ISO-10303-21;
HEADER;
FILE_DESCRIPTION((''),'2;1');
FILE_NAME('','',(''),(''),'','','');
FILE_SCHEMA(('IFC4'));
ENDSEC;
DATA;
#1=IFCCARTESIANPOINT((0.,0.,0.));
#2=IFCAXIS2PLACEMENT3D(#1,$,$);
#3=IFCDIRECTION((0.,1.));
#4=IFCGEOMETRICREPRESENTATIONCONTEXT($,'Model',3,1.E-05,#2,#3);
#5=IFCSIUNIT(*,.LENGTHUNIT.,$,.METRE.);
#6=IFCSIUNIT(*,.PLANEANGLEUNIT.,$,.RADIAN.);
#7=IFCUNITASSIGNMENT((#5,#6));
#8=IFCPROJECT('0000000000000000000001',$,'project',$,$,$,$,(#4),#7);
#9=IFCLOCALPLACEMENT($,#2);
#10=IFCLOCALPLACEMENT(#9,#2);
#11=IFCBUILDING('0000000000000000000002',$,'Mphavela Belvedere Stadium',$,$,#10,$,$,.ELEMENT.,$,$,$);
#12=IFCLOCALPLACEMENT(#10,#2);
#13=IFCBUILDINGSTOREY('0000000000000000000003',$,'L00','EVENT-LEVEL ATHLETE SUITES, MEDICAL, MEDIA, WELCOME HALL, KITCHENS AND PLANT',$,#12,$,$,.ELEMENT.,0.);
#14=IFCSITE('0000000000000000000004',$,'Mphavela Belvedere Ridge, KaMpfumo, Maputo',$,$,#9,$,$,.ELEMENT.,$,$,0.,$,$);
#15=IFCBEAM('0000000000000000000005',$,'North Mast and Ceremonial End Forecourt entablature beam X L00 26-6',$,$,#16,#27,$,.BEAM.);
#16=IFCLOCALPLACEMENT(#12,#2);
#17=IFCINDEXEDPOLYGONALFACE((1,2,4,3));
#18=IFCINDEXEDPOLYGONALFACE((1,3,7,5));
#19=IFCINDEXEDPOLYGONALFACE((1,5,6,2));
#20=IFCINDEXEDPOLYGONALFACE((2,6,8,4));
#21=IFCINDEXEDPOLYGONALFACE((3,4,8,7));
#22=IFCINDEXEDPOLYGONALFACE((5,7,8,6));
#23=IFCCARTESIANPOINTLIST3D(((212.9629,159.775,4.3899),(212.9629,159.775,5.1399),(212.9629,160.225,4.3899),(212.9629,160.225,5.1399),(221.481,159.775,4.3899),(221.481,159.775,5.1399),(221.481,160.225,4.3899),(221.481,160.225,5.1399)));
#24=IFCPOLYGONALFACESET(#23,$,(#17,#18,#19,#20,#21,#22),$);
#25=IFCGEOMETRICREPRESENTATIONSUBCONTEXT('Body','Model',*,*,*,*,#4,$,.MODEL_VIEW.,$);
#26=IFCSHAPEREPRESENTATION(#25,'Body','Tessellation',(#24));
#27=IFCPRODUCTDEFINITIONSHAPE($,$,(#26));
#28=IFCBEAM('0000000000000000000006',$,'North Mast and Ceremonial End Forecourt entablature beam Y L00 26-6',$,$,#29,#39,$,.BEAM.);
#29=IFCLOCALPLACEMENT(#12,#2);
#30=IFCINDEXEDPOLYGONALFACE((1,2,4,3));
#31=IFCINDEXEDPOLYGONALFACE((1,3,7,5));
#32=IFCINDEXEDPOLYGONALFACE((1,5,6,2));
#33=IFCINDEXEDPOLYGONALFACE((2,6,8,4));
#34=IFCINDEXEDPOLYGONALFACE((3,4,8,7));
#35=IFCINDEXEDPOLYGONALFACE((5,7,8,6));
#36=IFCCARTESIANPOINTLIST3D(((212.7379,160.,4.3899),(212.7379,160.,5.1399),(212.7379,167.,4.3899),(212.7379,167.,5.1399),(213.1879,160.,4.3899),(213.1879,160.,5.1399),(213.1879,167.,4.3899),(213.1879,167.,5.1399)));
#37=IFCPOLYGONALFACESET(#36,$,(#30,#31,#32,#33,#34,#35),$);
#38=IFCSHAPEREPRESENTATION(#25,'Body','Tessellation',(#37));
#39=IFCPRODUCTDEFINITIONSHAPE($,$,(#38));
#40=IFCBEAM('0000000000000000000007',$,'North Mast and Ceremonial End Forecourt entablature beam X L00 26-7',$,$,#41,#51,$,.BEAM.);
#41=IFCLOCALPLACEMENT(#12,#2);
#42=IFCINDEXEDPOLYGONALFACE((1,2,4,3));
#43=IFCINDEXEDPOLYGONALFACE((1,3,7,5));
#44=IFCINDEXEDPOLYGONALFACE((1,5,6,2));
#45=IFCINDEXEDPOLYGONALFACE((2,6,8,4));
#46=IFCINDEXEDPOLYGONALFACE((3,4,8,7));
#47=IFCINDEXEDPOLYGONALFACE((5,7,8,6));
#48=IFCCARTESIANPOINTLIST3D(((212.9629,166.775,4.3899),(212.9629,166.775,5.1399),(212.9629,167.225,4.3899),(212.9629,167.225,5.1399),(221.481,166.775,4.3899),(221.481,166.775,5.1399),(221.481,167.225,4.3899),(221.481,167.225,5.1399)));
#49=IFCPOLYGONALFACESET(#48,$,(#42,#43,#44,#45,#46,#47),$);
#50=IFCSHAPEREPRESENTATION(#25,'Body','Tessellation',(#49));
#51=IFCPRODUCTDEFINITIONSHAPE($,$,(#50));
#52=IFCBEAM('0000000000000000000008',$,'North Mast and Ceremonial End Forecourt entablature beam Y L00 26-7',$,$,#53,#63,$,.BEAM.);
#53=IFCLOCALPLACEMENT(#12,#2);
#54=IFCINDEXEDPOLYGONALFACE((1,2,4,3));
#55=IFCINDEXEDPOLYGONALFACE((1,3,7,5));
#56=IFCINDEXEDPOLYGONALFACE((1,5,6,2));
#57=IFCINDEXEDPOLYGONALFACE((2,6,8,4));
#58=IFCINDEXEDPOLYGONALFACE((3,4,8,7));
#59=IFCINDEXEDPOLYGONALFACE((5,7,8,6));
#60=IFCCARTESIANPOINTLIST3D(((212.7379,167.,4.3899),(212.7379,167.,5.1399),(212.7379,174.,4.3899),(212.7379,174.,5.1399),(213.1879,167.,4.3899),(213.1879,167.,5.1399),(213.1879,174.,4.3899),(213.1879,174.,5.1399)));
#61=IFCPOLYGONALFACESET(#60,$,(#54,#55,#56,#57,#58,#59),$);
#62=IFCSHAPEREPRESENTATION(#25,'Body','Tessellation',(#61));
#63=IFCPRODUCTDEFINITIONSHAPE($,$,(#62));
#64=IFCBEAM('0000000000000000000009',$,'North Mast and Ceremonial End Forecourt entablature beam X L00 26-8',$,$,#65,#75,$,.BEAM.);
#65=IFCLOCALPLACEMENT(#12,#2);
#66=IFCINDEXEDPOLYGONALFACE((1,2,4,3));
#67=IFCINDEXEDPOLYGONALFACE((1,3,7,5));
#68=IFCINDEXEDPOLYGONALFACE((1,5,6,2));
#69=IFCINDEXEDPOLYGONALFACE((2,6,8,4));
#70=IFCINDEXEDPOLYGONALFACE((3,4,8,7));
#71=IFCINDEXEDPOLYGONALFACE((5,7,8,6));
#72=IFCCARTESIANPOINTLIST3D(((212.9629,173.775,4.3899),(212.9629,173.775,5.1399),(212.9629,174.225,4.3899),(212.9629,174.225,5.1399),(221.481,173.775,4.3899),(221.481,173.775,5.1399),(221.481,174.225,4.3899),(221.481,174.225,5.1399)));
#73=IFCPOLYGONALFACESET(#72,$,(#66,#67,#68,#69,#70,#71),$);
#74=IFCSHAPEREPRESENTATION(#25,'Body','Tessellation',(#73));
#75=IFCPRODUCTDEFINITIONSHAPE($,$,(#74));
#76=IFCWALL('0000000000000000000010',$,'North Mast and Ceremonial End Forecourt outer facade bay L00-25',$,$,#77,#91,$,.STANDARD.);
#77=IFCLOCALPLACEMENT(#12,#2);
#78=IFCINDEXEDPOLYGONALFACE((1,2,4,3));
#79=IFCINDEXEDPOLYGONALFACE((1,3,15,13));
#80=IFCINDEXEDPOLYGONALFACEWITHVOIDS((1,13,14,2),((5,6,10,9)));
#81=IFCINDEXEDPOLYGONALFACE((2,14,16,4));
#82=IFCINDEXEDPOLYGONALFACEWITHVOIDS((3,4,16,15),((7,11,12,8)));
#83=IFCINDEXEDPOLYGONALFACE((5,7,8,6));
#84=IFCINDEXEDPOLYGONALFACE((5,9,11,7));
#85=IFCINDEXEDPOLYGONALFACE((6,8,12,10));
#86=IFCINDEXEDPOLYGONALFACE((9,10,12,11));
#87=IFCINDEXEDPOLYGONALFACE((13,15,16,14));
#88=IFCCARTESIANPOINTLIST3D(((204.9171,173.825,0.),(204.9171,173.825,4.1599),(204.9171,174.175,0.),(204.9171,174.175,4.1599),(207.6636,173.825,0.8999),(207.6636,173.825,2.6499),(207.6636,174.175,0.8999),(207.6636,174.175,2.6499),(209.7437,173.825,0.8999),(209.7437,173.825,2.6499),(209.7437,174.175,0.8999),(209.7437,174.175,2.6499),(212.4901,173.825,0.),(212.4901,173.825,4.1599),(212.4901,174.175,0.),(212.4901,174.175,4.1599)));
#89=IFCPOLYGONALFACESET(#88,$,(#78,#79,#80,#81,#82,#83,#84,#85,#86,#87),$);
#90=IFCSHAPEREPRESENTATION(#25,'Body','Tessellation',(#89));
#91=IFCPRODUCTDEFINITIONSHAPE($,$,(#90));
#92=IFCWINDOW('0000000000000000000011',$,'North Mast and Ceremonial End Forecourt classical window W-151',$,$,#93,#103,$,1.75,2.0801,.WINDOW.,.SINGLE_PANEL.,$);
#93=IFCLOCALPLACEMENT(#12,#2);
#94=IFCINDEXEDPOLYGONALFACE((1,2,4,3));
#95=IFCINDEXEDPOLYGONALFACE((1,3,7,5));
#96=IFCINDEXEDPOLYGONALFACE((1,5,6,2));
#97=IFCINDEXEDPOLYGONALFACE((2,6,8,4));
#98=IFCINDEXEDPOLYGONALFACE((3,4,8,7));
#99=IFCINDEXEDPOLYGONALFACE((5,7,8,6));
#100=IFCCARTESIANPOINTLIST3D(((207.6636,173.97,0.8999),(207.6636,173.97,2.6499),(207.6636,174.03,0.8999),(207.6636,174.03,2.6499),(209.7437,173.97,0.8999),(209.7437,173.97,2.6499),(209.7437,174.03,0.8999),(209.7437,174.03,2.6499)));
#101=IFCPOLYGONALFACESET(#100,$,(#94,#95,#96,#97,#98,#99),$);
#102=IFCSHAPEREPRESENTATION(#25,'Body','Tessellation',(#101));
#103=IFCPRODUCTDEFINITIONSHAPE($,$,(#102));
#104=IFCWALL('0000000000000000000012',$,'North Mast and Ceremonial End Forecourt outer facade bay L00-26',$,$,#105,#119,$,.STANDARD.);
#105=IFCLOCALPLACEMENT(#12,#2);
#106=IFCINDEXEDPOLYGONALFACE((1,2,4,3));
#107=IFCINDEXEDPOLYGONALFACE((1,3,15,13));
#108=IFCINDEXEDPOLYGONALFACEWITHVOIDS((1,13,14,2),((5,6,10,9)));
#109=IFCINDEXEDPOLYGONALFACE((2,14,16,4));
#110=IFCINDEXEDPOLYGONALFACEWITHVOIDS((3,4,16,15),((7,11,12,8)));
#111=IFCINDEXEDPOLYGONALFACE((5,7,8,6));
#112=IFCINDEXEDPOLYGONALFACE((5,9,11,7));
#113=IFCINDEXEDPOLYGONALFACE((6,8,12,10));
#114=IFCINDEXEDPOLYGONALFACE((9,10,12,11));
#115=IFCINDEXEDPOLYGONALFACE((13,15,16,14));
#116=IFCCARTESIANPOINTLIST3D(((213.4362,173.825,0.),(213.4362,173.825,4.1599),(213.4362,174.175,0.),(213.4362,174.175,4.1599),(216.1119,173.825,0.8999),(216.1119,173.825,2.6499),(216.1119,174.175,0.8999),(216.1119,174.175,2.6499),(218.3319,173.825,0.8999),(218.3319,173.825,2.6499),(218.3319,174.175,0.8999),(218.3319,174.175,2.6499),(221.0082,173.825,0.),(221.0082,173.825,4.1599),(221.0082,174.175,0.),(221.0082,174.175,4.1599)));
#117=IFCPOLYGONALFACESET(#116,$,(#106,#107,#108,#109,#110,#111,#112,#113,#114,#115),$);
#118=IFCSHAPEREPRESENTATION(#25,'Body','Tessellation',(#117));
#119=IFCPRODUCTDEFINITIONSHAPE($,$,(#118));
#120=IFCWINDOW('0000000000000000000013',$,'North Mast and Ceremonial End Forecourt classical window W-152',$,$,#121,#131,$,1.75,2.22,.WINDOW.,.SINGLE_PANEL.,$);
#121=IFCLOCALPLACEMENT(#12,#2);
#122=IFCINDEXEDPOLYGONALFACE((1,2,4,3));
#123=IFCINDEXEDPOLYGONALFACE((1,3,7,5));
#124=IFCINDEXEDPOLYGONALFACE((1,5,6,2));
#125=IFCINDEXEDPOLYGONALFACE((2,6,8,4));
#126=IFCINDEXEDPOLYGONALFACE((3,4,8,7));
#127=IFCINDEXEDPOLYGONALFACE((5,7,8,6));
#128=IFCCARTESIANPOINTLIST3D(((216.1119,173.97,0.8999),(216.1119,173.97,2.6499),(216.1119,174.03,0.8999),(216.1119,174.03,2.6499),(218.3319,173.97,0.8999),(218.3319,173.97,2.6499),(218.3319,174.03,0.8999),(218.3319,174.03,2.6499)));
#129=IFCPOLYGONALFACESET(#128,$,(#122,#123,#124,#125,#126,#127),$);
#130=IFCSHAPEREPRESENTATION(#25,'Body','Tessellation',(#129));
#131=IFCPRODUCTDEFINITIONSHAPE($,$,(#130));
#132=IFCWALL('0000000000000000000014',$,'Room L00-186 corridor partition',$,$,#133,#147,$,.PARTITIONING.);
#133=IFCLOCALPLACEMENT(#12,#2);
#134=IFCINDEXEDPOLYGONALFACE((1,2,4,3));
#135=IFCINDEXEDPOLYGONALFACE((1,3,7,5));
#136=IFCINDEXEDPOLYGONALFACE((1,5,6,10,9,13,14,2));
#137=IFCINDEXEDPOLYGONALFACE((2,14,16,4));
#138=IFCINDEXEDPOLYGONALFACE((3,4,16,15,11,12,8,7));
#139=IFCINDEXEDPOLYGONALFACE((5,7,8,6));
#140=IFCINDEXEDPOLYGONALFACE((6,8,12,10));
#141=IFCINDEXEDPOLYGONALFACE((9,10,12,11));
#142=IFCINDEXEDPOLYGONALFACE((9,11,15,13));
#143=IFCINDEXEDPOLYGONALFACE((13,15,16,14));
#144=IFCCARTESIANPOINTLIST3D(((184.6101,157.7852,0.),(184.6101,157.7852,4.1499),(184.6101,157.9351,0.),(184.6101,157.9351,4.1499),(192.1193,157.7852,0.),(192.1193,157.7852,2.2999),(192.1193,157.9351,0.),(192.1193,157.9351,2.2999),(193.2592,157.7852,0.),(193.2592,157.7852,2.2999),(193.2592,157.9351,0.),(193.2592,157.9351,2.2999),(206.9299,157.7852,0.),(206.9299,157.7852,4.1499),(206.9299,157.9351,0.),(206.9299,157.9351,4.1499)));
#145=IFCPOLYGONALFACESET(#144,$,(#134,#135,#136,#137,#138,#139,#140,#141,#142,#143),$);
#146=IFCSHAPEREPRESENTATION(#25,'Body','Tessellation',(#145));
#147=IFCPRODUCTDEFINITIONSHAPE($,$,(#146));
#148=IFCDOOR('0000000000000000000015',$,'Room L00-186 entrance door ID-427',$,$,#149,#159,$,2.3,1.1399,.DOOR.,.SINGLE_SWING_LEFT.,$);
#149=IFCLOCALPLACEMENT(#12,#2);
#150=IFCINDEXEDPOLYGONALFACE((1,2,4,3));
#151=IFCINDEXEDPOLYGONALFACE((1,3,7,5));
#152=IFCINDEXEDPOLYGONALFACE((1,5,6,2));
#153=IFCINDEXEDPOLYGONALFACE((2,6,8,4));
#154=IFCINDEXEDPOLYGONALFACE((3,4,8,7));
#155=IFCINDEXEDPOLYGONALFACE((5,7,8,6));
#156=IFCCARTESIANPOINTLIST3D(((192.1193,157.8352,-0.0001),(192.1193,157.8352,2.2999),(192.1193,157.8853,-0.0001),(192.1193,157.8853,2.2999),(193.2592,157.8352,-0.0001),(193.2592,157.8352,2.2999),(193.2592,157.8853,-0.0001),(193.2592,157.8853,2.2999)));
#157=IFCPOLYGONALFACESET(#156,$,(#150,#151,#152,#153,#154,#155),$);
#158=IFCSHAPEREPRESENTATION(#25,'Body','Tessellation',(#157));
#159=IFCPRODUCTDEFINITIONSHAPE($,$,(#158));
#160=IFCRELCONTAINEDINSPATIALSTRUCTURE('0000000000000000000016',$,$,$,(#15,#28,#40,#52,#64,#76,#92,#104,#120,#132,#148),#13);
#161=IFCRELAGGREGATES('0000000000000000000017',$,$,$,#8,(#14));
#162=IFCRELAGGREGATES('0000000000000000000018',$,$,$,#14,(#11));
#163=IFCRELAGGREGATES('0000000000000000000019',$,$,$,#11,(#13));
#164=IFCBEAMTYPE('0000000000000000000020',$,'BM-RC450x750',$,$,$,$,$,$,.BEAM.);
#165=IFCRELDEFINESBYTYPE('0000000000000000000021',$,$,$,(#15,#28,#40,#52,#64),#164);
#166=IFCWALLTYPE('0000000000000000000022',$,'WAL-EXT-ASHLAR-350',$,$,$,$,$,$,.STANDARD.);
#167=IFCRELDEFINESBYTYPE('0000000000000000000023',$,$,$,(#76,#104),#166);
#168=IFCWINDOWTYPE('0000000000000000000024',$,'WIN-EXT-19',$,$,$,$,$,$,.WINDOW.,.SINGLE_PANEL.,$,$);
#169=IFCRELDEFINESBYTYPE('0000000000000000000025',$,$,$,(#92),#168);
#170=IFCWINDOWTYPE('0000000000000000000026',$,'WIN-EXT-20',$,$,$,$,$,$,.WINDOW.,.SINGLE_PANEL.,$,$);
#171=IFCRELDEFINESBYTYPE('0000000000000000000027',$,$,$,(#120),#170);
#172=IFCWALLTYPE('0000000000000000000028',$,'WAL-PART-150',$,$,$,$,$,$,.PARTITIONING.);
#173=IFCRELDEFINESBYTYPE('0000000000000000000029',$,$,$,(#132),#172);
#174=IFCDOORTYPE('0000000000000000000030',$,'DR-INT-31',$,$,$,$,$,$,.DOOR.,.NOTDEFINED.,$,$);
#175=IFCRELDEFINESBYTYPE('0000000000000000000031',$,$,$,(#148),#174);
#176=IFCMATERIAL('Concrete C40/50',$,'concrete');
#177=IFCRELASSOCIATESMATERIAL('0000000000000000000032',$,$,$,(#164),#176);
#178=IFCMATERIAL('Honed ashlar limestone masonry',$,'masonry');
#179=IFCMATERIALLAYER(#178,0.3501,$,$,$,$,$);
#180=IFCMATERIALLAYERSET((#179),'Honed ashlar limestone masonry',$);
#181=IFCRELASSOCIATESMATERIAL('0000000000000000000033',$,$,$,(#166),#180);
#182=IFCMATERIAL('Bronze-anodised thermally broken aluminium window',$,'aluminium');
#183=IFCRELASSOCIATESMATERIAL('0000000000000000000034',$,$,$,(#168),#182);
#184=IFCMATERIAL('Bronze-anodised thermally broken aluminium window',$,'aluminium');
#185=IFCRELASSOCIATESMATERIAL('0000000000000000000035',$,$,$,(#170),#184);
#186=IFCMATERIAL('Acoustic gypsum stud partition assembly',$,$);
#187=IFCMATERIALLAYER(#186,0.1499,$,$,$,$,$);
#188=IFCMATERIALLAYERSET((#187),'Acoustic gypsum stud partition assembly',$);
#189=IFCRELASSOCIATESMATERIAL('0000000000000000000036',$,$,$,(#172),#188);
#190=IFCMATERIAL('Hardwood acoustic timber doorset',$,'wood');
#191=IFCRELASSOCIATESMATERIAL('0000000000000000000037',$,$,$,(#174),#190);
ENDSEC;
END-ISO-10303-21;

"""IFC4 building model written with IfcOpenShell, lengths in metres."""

from ifc_helpers import new_model, si_unit, direction, frame, frame_2d, origin, origin_2d, place, context, subcontext, project, spatial, rectangle, extrude, material, layer, layer_set, material_profile, profile_set, type_object, element, fill, save


model = new_model("IFC4")

# Units and contexts
model_context = context("Model", 3, precision=1e-05, world=origin(), true_north=direction((0.0, 1.0)))
body_context = subcontext(model_context, "Body", "Model", "MODEL_VIEW")
ifc_project = project(units=[si_unit("LENGTHUNIT", "METRE"), si_unit("PLANEANGLEUNIT", "RADIAN")], contexts=[model_context])

# Site, building, storey
site_placement = place(None, origin())
site = spatial("IfcSite", under=ifc_project, at=site_placement, Name="Mphavela Belvedere Ridge, KaMpfumo, Maputo", CompositionType="ELEMENT", RefElevation=0.0)
building_placement = place(site_placement, origin())
building = spatial("IfcBuilding", under=site, at=building_placement, Name="Mphavela Belvedere Stadium", CompositionType="ELEMENT")
storey_placement = place(building_placement, origin())
storey = spatial("IfcBuildingStorey", under=building, at=storey_placement, Name="L00", Description="EVENT-LEVEL ATHLETE SUITES, MEDICAL, MEDIA, WELCOME HALL, KITCHENS AND PLANT", CompositionType="ELEMENT", Elevation=0.0)

# Beams
ifc_material_1 = material(Name="Concrete C40/50", Category="concrete")
ifc_material_profile_1 = material_profile(ifc_material_1, rectangle(XDim=0.45, YDim=0.75, at=origin_2d()), Name="RC 450x750")
ifc_profile_set_1 = profile_set([ifc_material_profile_1], Name="Concrete C40/50")
beam_type_1 = type_object("IfcBeamType", Name="BM-RC450x750", PredefinedType="BEAM", material=ifc_profile_set_1)
beam_1_placement = place(storey_placement, frame((212.9629, 160.0, 4.7649), z_axis=(1.0, 0.0, 0.0), x_axis=(0.0, 1.0, 0.0)))
element("IfcBeam", 1, at=beam_1_placement, inside=storey, type_object=beam_type_1, Name="North Mast and Ceremonial End Forecourt entablature beam X L00 26-6", PredefinedType="BEAM", context=body_context, shape_type="SweptSolid", body=[
    extrude(rectangle(XDim=0.45, YDim=0.75, at=origin_2d()), origin(), (0.0, 0.0, 1.0), 8.5181),
])
beam_2_placement = place(storey_placement, frame((212.9629, 160.0, 4.7649), z_axis=(0.0, 1.0, 0.0), x_axis=(-1.0, 0.0, 0.0)))
element("IfcBeam", 2, at=beam_2_placement, inside=storey, type_object=beam_type_1, Name="North Mast and Ceremonial End Forecourt entablature beam Y L00 26-6", PredefinedType="BEAM", context=body_context, shape_type="SweptSolid", body=[
    extrude(rectangle(XDim=0.45, YDim=0.75, at=origin_2d()), origin(), (0.0, 0.0, 1.0), 7.0),
])
beam_3_placement = place(storey_placement, frame((212.9629, 167.0, 4.7649), z_axis=(1.0, 0.0, 0.0), x_axis=(0.0, 1.0, 0.0)))
element("IfcBeam", 3, at=beam_3_placement, inside=storey, type_object=beam_type_1, Name="North Mast and Ceremonial End Forecourt entablature beam X L00 26-7", PredefinedType="BEAM", context=body_context, shape_type="SweptSolid", body=[
    extrude(rectangle(XDim=0.45, YDim=0.75, at=origin_2d()), origin(), (0.0, 0.0, 1.0), 8.5181),
])
beam_4_placement = place(storey_placement, frame((212.9629, 167.0, 4.7649), z_axis=(0.0, 1.0, 0.0), x_axis=(-1.0, 0.0, 0.0)))
element("IfcBeam", 4, at=beam_4_placement, inside=storey, type_object=beam_type_1, Name="North Mast and Ceremonial End Forecourt entablature beam Y L00 26-7", PredefinedType="BEAM", context=body_context, shape_type="SweptSolid", body=[
    extrude(rectangle(XDim=0.45, YDim=0.75, at=origin_2d()), origin(), (0.0, 0.0, 1.0), 7.0),
])
beam_5_placement = place(storey_placement, frame((212.9629, 174.0, 4.7649), z_axis=(1.0, 0.0, 0.0), x_axis=(0.0, 1.0, 0.0)))
element("IfcBeam", 5, at=beam_5_placement, inside=storey, type_object=beam_type_1, Name="North Mast and Ceremonial End Forecourt entablature beam X L00 26-8", PredefinedType="BEAM", context=body_context, shape_type="SweptSolid", body=[
    extrude(rectangle(XDim=0.45, YDim=0.75, at=origin_2d()), origin(), (0.0, 0.0, 1.0), 8.5181),
])

# Walls, openings, windows
ifc_material_2 = material(Name="Honed ashlar limestone masonry", Category="masonry")
ifc_layer_1 = layer(ifc_material_2, 0.3501)
ifc_layer_set_1 = layer_set([ifc_layer_1], Name="Honed ashlar limestone masonry")
wall_type_1 = type_object("IfcWallType", Name="WAL-EXT-ASHLAR-350", PredefinedType="STANDARD", material=ifc_layer_set_1)
wall_1_placement = place(storey_placement, frame((204.917, 174.0, 0.0), z_axis=(0.0, 0.0, 1.0), x_axis=(1.0, 0.0, 0.0)))
wall_1 = element("IfcWall", 6, at=wall_1_placement, inside=storey, type_object=wall_type_1, Name="North Mast and Ceremonial End Forecourt outer facade bay L00-25", PredefinedType="STANDARD", context=body_context, shape_type="SweptSolid", body=[
    extrude(rectangle(XDim=7.573, YDim=0.3501, at=frame_2d((3.7866, 0.0))), origin(), (0.0, 0.0, 1.0), 4.1599),
])
opening_1_placement = place(wall_1_placement, frame((2.7466, 0.0, 0.8999)))
opening_1 = element("IfcOpeningElement", 7, at=opening_1_placement, cuts=wall_1, PredefinedType="OPENING", context=body_context, shape_type="SweptSolid", body=[
    extrude(rectangle(XDim=2.0801, YDim=1.75, at=frame_2d((1.04, 0.875))), frame((0.0, 0.1851, 0.0), z_axis=(0.0, -1.0, 0.0), x_axis=(1.0, 0.0, 0.0)), (0.0, 0.0, 1.0), 0.3701),
])
ifc_material_3 = material(Name="Bronze-anodised thermally broken aluminium window", Category="aluminium")
window_type_1 = type_object("IfcWindowType", Name="WIN-EXT-19", PartitioningType="SINGLE_PANEL", PredefinedType="WINDOW", material=ifc_material_3)
window_1_placement = place(opening_1_placement, origin())
window_1 = element("IfcWindow", 8, at=window_1_placement, inside=storey, type_object=window_type_1, Name="North Mast and Ceremonial End Forecourt classical window W-151", OverallHeight=1.75, OverallWidth=2.0801, PartitioningType="SINGLE_PANEL", PredefinedType="WINDOW", context=body_context, shape_type="SweptSolid", body=[
    extrude(rectangle(XDim=2.0801, YDim=1.75, at=frame_2d((1.04, 0.875))), frame((0.0, 0.03, 0.0), z_axis=(0.0, -1.0, 0.0), x_axis=(1.0, 0.0, 0.0)), (0.0, 0.0, 1.0), 0.0601),
])
fill(opening_1, window_1)
wall_2_placement = place(storey_placement, frame((213.436, 174.0, 0.0), z_axis=(0.0, 0.0, 1.0), x_axis=(1.0, 0.0, 0.0)))
wall_2 = element("IfcWall", 9, at=wall_2_placement, inside=storey, type_object=wall_type_1, Name="North Mast and Ceremonial End Forecourt outer facade bay L00-26", PredefinedType="STANDARD", context=body_context, shape_type="SweptSolid", body=[
    extrude(rectangle(XDim=7.572, YDim=0.3501, at=frame_2d((3.7861, 0.0))), origin(), (0.0, 0.0, 1.0), 4.1599),
])
opening_2_placement = place(wall_2_placement, frame((2.676, 0.0, 0.8999)))
opening_2 = element("IfcOpeningElement", 10, at=opening_2_placement, cuts=wall_2, PredefinedType="OPENING", context=body_context, shape_type="SweptSolid", body=[
    extrude(rectangle(XDim=2.22, YDim=1.75, at=frame_2d((1.1099, 0.875))), frame((0.0, 0.1851, 0.0), z_axis=(0.0, -1.0, 0.0), x_axis=(1.0, 0.0, 0.0)), (0.0, 0.0, 1.0), 0.3701),
])
ifc_material_4 = material(Name="Bronze-anodised thermally broken aluminium window", Category="aluminium")
window_type_2 = type_object("IfcWindowType", Name="WIN-EXT-20", PartitioningType="SINGLE_PANEL", PredefinedType="WINDOW", material=ifc_material_4)
window_2_placement = place(opening_2_placement, origin())
window_2 = element("IfcWindow", 11, at=window_2_placement, inside=storey, type_object=window_type_2, Name="North Mast and Ceremonial End Forecourt classical window W-152", OverallHeight=1.75, OverallWidth=2.22, PartitioningType="SINGLE_PANEL", PredefinedType="WINDOW", context=body_context, shape_type="SweptSolid", body=[
    extrude(rectangle(XDim=2.22, YDim=1.75, at=frame_2d((1.1099, 0.875))), frame((0.0, 0.03, 0.0), z_axis=(0.0, -1.0, 0.0), x_axis=(1.0, 0.0, 0.0)), (0.0, 0.0, 1.0), 0.0601),
])
fill(opening_2, window_2)

# Wall, opening, door
ifc_material_5 = material(Name="Acoustic gypsum stud partition assembly")
ifc_layer_2 = layer(ifc_material_5, 0.1499)
ifc_layer_set_2 = layer_set([ifc_layer_2], Name="Acoustic gypsum stud partition assembly")
wall_type_2 = type_object("IfcWallType", Name="WAL-PART-150", PredefinedType="PARTITIONING", material=ifc_layer_set_2)
wall_3_placement = place(storey_placement, frame((206.9299, 157.8601, 0.0), z_axis=(0.0, 0.0, 1.0), x_axis=(-1.0, 0.0, 0.0)))
wall_3 = element("IfcWall", 12, at=wall_3_placement, inside=storey, type_object=wall_type_2, Name="Room L00-186 corridor partition", PredefinedType="PARTITIONING", context=body_context, shape_type="SweptSolid", body=[
    extrude(rectangle(XDim=22.3198, YDim=0.1499, at=frame_2d((11.1599, 0.0))), origin(), (0.0, 0.0, 1.0), 4.1499),
])
opening_3_placement = place(wall_3_placement, frame((13.6709, 0.0, 0.0)))
opening_3 = element("IfcOpeningElement", 13, at=opening_3_placement, cuts=wall_3, PredefinedType="OPENING", context=body_context, shape_type="SweptSolid", body=[
    extrude(rectangle(XDim=1.1399, YDim=2.3, at=frame_2d((0.5698, 1.1499))), frame((0.0, 0.085, 0.0), z_axis=(0.0, -1.0, 0.0), x_axis=(1.0, 0.0, 0.0)), (0.0, 0.0, 1.0), 0.1699),
])
ifc_material_6 = material(Name="Hardwood acoustic timber doorset", Category="wood")
door_type_1 = type_object("IfcDoorType", Name="DR-INT-31", OperationType="NOTDEFINED", PredefinedType="DOOR", material=ifc_material_6)
door_1_placement = place(opening_3_placement, origin())
door_1 = element("IfcDoor", 14, at=door_1_placement, inside=storey, type_object=door_type_1, Name="Room L00-186 entrance door ID-427", OperationType="SINGLE_SWING_LEFT", OverallHeight=2.3, OverallWidth=1.1399, PredefinedType="DOOR", context=body_context, shape_type="SweptSolid", body=[
    extrude(rectangle(XDim=1.1399, YDim=2.3, at=frame_2d((0.5698, 1.1499))), frame((0.0, 0.0249, 0.0), z_axis=(0.0, -1.0, 0.0), x_axis=(1.0, 0.0, 0.0)), (0.0, 0.0, 1.0), 0.05),
])
fill(opening_3, door_1)

save(model, "model.ifc")
